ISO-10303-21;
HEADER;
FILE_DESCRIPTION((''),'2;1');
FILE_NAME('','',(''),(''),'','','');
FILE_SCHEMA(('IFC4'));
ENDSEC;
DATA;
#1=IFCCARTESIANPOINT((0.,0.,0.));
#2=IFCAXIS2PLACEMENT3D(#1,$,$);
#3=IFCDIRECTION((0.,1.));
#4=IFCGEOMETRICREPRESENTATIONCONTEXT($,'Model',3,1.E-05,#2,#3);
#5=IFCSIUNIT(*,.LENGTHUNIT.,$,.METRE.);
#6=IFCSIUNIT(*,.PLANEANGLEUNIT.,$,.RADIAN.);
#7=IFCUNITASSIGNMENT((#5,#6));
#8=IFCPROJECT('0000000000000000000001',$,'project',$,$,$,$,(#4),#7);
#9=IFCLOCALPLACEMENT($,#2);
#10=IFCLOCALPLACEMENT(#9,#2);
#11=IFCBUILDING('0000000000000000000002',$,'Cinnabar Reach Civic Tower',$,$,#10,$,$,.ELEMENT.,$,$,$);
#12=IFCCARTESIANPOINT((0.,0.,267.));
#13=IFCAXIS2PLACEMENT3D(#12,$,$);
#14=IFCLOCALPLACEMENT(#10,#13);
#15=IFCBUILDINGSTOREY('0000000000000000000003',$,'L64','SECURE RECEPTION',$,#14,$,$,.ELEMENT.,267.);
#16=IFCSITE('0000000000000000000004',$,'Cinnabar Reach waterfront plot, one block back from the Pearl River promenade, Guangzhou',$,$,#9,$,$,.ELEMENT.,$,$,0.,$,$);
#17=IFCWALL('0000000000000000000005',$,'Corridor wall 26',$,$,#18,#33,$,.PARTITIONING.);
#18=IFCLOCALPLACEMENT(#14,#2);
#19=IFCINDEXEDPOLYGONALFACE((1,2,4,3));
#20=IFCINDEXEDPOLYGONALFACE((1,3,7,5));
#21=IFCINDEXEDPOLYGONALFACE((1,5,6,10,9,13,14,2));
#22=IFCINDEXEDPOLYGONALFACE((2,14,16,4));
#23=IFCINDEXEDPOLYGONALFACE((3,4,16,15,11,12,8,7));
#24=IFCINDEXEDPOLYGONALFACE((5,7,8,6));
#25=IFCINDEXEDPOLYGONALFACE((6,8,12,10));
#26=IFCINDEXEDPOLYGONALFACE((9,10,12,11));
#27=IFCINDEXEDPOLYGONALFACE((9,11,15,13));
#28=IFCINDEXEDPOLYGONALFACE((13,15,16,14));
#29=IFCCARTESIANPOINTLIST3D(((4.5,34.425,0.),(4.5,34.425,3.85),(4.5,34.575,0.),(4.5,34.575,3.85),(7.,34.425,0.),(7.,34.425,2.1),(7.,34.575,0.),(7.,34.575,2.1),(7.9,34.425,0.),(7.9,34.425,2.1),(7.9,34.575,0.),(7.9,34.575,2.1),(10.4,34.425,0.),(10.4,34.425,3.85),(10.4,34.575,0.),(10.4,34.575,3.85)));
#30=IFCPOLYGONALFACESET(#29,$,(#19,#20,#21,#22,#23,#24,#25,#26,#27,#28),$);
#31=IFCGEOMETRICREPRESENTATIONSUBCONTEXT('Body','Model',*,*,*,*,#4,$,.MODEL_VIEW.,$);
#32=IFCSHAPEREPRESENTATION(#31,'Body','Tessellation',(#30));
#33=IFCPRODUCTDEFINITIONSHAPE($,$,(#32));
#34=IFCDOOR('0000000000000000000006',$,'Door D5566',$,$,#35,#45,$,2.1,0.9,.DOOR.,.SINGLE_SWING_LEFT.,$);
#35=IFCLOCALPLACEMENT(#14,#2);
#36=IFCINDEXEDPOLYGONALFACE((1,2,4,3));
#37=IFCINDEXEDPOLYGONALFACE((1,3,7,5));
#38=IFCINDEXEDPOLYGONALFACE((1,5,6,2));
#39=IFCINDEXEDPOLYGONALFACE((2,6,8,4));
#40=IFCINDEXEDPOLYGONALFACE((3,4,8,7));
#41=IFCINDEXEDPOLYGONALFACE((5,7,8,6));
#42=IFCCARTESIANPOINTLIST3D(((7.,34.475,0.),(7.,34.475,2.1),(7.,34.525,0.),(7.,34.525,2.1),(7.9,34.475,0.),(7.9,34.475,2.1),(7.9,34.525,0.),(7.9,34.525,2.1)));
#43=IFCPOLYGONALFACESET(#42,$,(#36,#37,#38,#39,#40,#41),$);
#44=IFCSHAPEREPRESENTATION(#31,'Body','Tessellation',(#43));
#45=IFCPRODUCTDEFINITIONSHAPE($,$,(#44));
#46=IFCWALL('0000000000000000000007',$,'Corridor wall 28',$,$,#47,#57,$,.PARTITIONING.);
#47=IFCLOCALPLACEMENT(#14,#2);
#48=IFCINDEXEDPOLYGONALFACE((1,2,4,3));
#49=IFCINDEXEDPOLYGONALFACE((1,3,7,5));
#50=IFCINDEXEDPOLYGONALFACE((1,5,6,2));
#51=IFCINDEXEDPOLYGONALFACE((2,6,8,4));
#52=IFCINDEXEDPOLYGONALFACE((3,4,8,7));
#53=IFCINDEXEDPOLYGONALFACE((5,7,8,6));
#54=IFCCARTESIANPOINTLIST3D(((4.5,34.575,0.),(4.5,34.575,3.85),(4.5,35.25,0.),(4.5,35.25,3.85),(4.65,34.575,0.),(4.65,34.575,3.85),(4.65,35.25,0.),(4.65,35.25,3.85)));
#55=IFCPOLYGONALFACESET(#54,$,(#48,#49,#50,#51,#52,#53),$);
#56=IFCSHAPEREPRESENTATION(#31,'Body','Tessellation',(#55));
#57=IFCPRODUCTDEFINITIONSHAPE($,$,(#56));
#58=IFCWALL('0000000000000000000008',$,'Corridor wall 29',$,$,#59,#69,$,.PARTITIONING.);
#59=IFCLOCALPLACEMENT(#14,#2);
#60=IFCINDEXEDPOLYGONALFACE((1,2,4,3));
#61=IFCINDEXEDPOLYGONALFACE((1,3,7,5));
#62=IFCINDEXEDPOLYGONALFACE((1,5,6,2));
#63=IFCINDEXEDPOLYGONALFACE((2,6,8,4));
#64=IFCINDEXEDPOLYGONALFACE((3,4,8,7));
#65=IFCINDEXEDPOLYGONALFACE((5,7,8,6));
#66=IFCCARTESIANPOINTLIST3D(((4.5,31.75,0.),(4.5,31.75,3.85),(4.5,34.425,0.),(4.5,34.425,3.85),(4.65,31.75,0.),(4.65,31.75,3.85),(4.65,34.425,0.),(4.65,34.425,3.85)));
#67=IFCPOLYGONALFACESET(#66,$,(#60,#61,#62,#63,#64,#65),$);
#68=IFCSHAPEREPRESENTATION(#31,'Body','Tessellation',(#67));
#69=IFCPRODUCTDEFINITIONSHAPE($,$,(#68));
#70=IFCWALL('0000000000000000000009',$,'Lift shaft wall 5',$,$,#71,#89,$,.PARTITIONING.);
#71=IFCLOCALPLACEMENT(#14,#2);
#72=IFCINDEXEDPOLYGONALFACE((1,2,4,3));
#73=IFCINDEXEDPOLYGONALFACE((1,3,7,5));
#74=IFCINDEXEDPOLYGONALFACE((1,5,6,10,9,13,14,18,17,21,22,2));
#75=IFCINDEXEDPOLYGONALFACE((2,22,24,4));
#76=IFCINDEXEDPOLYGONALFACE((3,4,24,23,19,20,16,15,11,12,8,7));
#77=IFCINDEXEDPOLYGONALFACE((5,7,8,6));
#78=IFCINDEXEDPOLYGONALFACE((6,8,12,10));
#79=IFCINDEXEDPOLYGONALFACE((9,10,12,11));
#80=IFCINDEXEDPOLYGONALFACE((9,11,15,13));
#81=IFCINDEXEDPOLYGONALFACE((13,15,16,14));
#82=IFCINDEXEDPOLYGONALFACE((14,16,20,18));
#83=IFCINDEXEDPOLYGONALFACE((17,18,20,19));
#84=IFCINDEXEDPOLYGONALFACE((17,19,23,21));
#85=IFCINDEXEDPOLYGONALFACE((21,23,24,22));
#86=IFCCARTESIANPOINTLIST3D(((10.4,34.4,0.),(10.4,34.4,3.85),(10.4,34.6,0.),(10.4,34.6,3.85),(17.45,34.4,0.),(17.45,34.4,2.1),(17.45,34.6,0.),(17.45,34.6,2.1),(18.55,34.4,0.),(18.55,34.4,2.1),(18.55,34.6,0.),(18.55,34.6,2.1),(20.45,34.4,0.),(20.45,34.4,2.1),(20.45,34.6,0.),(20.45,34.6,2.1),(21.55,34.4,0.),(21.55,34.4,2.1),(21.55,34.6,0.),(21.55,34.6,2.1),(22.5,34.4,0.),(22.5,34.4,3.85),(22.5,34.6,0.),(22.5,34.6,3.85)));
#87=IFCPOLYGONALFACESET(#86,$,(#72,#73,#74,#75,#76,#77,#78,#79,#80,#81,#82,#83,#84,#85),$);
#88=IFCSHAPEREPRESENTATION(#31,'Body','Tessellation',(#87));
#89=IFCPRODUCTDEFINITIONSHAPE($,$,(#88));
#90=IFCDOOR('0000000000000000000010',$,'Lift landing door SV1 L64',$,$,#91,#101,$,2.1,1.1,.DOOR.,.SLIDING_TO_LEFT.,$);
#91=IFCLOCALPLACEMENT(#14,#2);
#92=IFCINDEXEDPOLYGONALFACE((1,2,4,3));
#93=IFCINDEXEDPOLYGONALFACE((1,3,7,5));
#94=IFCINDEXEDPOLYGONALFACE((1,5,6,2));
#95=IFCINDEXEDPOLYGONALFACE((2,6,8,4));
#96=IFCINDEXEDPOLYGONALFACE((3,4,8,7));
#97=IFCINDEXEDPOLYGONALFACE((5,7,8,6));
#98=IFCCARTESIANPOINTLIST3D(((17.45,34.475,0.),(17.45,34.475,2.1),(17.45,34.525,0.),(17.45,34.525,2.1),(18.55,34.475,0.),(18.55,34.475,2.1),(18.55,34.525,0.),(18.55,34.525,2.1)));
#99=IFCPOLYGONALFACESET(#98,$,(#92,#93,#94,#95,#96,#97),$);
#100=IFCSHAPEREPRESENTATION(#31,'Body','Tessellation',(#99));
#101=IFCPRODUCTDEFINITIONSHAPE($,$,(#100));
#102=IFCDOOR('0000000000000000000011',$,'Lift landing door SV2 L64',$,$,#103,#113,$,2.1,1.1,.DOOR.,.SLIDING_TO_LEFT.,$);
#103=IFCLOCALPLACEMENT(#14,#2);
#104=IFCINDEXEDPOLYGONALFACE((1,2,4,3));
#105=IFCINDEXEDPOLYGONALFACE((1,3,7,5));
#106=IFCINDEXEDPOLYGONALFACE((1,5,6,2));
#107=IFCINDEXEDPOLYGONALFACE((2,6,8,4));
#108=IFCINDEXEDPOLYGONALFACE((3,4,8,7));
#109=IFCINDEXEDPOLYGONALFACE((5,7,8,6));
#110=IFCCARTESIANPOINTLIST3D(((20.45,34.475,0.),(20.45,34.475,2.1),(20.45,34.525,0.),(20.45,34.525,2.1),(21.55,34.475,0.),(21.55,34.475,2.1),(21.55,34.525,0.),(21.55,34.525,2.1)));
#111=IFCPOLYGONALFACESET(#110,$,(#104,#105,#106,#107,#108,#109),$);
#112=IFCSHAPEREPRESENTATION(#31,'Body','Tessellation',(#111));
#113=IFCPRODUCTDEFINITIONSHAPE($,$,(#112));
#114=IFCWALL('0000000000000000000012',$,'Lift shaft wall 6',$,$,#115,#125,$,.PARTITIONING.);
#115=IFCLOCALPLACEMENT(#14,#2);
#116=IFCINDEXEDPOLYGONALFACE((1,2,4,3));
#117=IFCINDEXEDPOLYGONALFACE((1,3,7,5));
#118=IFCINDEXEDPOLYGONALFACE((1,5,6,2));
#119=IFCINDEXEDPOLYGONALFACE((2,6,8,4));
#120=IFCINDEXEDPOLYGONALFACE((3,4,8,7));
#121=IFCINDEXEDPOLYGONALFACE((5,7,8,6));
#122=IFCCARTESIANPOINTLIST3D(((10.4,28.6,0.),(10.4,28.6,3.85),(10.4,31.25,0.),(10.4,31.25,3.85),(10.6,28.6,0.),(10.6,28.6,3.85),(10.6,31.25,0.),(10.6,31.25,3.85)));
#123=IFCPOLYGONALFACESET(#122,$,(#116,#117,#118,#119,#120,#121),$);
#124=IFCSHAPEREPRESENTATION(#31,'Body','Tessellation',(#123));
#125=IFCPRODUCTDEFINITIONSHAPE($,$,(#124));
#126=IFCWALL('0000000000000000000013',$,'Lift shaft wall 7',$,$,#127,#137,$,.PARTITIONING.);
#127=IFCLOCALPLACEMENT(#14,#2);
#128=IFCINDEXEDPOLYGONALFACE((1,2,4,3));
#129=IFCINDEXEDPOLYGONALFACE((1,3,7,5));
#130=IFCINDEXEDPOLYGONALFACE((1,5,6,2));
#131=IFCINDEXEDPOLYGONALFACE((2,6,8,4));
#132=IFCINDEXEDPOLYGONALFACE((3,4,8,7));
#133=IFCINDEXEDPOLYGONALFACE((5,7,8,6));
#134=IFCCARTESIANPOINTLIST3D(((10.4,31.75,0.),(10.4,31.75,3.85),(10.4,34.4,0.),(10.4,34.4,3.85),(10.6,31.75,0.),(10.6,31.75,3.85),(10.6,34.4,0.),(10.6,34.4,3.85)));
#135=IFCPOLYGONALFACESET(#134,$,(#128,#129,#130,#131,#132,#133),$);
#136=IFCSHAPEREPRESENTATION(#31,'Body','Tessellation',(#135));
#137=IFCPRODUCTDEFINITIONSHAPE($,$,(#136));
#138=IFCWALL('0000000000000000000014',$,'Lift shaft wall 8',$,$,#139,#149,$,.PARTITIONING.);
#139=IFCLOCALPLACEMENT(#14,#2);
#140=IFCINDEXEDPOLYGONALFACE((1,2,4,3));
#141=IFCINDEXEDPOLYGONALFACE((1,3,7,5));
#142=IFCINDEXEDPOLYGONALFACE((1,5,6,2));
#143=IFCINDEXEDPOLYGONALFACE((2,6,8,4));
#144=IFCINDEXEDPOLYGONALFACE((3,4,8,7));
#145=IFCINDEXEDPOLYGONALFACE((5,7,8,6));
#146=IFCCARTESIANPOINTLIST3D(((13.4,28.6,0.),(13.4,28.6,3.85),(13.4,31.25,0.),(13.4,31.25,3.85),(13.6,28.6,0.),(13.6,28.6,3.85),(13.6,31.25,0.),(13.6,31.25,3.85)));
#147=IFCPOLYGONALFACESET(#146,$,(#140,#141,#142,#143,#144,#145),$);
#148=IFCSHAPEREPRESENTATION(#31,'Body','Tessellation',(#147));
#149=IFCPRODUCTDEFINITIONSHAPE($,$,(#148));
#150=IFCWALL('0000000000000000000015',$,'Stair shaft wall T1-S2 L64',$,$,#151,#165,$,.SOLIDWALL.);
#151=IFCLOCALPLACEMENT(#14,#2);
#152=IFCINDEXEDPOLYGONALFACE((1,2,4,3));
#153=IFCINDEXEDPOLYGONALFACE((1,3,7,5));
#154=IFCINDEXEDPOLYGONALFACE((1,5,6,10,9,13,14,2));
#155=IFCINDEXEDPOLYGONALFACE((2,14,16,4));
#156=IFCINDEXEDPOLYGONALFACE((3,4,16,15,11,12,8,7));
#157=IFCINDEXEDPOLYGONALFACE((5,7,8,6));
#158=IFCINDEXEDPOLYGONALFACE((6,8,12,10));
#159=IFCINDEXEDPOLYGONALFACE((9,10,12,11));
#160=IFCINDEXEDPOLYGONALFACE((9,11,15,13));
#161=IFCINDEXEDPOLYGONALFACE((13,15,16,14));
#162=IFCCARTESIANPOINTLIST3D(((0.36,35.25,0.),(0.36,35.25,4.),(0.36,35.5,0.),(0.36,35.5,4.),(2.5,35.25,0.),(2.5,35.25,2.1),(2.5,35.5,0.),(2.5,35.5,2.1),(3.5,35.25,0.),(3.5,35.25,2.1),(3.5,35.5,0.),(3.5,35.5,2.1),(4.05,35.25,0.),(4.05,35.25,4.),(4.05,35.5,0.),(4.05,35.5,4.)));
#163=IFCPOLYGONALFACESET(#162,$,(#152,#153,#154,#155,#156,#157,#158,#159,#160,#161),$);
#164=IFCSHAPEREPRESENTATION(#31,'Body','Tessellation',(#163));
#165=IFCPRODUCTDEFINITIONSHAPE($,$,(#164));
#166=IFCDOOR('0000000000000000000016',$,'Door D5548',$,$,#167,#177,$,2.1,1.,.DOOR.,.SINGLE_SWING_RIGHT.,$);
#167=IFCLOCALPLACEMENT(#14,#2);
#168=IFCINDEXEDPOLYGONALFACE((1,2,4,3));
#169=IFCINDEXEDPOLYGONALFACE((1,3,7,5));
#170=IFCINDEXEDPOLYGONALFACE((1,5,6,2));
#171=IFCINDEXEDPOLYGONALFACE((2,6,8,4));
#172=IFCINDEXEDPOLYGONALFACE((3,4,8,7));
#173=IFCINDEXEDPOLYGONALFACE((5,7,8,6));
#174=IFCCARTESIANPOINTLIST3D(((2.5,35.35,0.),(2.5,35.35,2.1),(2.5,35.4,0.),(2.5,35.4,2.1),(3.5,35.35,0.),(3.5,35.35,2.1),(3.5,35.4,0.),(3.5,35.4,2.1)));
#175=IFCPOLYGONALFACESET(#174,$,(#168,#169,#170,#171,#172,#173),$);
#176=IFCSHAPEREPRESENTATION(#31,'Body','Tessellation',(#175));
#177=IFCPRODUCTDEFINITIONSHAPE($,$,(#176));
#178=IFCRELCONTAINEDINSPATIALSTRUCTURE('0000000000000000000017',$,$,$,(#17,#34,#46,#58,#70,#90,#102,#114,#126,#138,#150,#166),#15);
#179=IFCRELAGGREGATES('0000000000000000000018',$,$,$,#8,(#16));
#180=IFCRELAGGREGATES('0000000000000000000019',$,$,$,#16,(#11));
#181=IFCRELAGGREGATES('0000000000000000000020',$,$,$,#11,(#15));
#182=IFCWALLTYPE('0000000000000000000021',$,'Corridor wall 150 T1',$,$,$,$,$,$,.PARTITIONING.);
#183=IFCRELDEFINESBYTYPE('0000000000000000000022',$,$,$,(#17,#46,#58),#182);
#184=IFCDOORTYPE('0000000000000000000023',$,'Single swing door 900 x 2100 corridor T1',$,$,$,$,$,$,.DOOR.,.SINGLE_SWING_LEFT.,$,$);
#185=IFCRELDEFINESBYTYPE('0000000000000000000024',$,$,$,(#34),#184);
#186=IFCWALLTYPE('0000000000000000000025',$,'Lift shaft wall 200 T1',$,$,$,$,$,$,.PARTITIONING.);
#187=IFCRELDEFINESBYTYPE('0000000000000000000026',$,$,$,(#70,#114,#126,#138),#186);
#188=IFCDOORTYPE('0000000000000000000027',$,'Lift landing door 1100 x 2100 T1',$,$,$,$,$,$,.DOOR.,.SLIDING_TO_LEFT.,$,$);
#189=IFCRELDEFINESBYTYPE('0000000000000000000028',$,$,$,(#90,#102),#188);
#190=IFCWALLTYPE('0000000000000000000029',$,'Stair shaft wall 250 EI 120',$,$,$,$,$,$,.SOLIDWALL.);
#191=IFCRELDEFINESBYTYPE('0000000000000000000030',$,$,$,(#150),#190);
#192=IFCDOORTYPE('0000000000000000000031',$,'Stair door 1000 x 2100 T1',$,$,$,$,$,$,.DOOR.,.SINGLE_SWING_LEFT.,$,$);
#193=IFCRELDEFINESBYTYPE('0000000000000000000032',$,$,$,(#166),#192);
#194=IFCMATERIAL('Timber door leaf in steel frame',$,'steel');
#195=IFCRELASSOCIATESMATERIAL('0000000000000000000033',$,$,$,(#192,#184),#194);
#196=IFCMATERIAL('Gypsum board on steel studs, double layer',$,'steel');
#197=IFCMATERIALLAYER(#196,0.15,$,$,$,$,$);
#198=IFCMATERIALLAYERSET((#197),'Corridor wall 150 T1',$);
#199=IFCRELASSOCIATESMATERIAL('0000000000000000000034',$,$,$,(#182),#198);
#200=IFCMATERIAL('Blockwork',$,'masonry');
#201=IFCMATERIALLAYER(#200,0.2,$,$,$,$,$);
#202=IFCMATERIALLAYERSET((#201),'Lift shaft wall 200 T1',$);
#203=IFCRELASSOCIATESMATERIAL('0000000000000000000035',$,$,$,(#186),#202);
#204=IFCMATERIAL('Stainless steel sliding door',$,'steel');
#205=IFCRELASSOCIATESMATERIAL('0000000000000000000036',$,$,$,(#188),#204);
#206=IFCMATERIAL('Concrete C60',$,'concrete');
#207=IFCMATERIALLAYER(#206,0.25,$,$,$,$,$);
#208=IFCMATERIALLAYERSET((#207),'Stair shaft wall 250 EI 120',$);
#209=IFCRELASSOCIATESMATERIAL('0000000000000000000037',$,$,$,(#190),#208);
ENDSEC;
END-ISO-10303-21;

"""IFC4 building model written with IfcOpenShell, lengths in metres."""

from ifc_helpers import new_model, si_unit, direction, frame, frame_2d, origin, place, context, subcontext, project, spatial, rectangle, extrude, material, layer, layer_set, type_object, element, fill, save


model = new_model("IFC4")

# Units and contexts
model_context = context("Model", 3, precision=1e-05, world=origin(), true_north=direction((0.0, 1.0)))
body_context = subcontext(model_context, "Body", "Model", "MODEL_VIEW")
ifc_project = project(units=[si_unit("LENGTHUNIT", "METRE"), si_unit("PLANEANGLEUNIT", "RADIAN")], contexts=[model_context])

# Site, building, storey
site_placement = place(None, origin())
site = spatial("IfcSite", under=ifc_project, at=site_placement, Name="Cinnabar Reach waterfront plot, one block back from the Pearl River promenade, Guangzhou", CompositionType="ELEMENT", RefElevation=0.0)
building_placement = place(site_placement, origin())
building = spatial("IfcBuilding", under=site, at=building_placement, Name="Cinnabar Reach Civic Tower", CompositionType="ELEMENT")
storey_placement = place(building_placement, frame((0.0, 0.0, 267.0)))
storey = spatial("IfcBuildingStorey", under=building, at=storey_placement, Name="L64", Description="SECURE RECEPTION", CompositionType="ELEMENT", Elevation=267.0)

# Shared definitions
ifc_material_1 = material(Name="Concrete C60", Category="concrete")

# Shared definitions
ifc_material_2 = material(Name="Timber door leaf in steel frame", Category="steel")
door_type_1 = type_object("IfcDoorType", Name="Stair door 1000 x 2100 T1", OperationType="SINGLE_SWING_LEFT", PredefinedType="DOOR", material=ifc_material_2)

# Wall, opening, door
ifc_material_3 = material(Name="Gypsum board on steel studs, double layer", Category="steel")
ifc_layer_1 = layer(ifc_material_3, 0.15)
ifc_layer_set_1 = layer_set([ifc_layer_1], Name="Corridor wall 150 T1")
wall_type_1 = type_object("IfcWallType", Name="Corridor wall 150 T1", PredefinedType="PARTITIONING", material=ifc_layer_set_1)
wall_1_placement = place(storey_placement, frame((4.5, 34.5, 0.0), z_axis=(0.0, 0.0, 1.0), x_axis=(1.0, 0.0, 0.0)))
wall_1 = element("IfcWall", 1, at=wall_1_placement, inside=storey, type_object=wall_type_1, Name="Corridor wall 26", PredefinedType="PARTITIONING", context=body_context, shape_type="SweptSolid", body=[
    extrude(rectangle(XDim=5.9, YDim=0.15, at=frame_2d((2.95, 0.0))), origin(), (0.0, 0.0, 1.0), 3.85),
])
opening_1_placement = place(wall_1_placement, frame((2.5, 0.0, 0.0)))
opening_1 = element("IfcOpeningElement", 2, at=opening_1_placement, cuts=wall_1, PredefinedType="OPENING", context=body_context, shape_type="SweptSolid", body=[
    extrude(rectangle(XDim=0.9, YDim=2.1, at=frame_2d((0.45, 1.05))), frame((0.0, 0.085, 0.0), z_axis=(0.0, -1.0, 0.0), x_axis=(1.0, 0.0, 0.0)), (0.0, 0.0, 1.0), 0.17),
])
door_type_2 = type_object("IfcDoorType", Name="Single swing door 900 x 2100 corridor T1", OperationType="SINGLE_SWING_LEFT", PredefinedType="DOOR", material=ifc_material_2)
door_1_placement = place(opening_1_placement, frame((0.9, 0.0, 0.0), z_axis=(0.0, 0.0, 1.0), x_axis=(-1.0, 0.0, 0.0)))
door_1 = element("IfcDoor", 3, at=door_1_placement, inside=storey, type_object=door_type_2, Name="Door D5566", OperationType="SINGLE_SWING_LEFT", OverallHeight=2.1, OverallWidth=0.9, PredefinedType="DOOR", context=body_context, shape_type="SweptSolid", body=[
    extrude(rectangle(XDim=0.9, YDim=2.1, at=frame_2d((0.45, 1.05))), frame((0.0, 0.025, 0.0), z_axis=(0.0, -1.0, 0.0), x_axis=(1.0, 0.0, 0.0)), (0.0, 0.0, 1.0), 0.05),
])
fill(opening_1, door_1)

# Walls
wall_2_placement = place(storey_placement, frame((4.575, 34.575, 0.0), z_axis=(0.0, 0.0, 1.0), x_axis=(0.0, 1.0, 0.0)))
element("IfcWall", 4, at=wall_2_placement, inside=storey, type_object=wall_type_1, Name="Corridor wall 28", PredefinedType="PARTITIONING", context=body_context, shape_type="SweptSolid", body=[
    extrude(rectangle(XDim=0.675, YDim=0.15, at=frame_2d((0.3375, 0.0))), origin(), (0.0, 0.0, 1.0), 3.85),
])
wall_3_placement = place(storey_placement, frame((4.575, 31.75, 0.0), z_axis=(0.0, 0.0, 1.0), x_axis=(0.0, 1.0, 0.0)))
element("IfcWall", 5, at=wall_3_placement, inside=storey, type_object=wall_type_1, Name="Corridor wall 29", PredefinedType="PARTITIONING", context=body_context, shape_type="SweptSolid", body=[
    extrude(rectangle(XDim=2.675, YDim=0.15, at=frame_2d((1.3375, 0.0))), origin(), (0.0, 0.0, 1.0), 3.85),
])

# Wall, openings, doors
ifc_material_4 = material(Name="Blockwork", Category="masonry")
ifc_layer_2 = layer(ifc_material_4, 0.2)
ifc_layer_set_2 = layer_set([ifc_layer_2], Name="Lift shaft wall 200 T1")
wall_type_2 = type_object("IfcWallType", Name="Lift shaft wall 200 T1", PredefinedType="PARTITIONING", material=ifc_layer_set_2)
wall_4_placement = place(storey_placement, frame((10.4, 34.5, 0.0), z_axis=(0.0, 0.0, 1.0), x_axis=(1.0, 0.0, 0.0)))
wall_4 = element("IfcWall", 6, at=wall_4_placement, inside=storey, type_object=wall_type_2, Name="Lift shaft wall 5", PredefinedType="PARTITIONING", context=body_context, shape_type="SweptSolid", body=[
    extrude(rectangle(XDim=12.1, YDim=0.2, at=frame_2d((6.05, 0.0))), origin(), (0.0, 0.0, 1.0), 3.85),
])
opening_2_placement = place(wall_4_placement, frame((7.05, 0.0, 0.0)))
opening_2 = element("IfcOpeningElement", 7, at=opening_2_placement, cuts=wall_4, PredefinedType="OPENING", context=body_context, shape_type="SweptSolid", body=[
    extrude(rectangle(XDim=1.1, YDim=2.1, at=frame_2d((0.55, 1.05))), frame((0.0, 0.11, 0.0), z_axis=(0.0, -1.0, 0.0), x_axis=(1.0, 0.0, 0.0)), (0.0, 0.0, 1.0), 0.22),
])
opening_3_placement = place(wall_4_placement, frame((10.05, 0.0, 0.0)))
opening_3 = element("IfcOpeningElement", 8, at=opening_3_placement, cuts=wall_4, PredefinedType="OPENING", context=body_context, shape_type="SweptSolid", body=[
    extrude(rectangle(XDim=1.1, YDim=2.1, at=frame_2d((0.55, 1.05))), frame((0.0, 0.11, 0.0), z_axis=(0.0, -1.0, 0.0), x_axis=(1.0, 0.0, 0.0)), (0.0, 0.0, 1.0), 0.22),
])
ifc_material_5 = material(Name="Stainless steel sliding door", Category="steel")
door_type_3 = type_object("IfcDoorType", Name="Lift landing door 1100 x 2100 T1", OperationType="SLIDING_TO_LEFT", PredefinedType="DOOR", material=ifc_material_5)
door_2_placement = place(opening_2_placement, origin())
door_2 = element("IfcDoor", 9, at=door_2_placement, inside=storey, type_object=door_type_3, Name="Lift landing door SV1 L64", OperationType="SLIDING_TO_LEFT", OverallHeight=2.1, OverallWidth=1.1, PredefinedType="DOOR", context=body_context, shape_type="SweptSolid", body=[
    extrude(rectangle(XDim=1.1, YDim=2.1, at=frame_2d((0.55, 1.05))), frame((0.0, 0.025, 0.0), z_axis=(0.0, -1.0, 0.0), x_axis=(1.0, 0.0, 0.0)), (0.0, 0.0, 1.0), 0.05),
])
fill(opening_2, door_2)
door_3_placement = place(opening_3_placement, origin())
door_3 = element("IfcDoor", 10, at=door_3_placement, inside=storey, type_object=door_type_3, Name="Lift landing door SV2 L64", OperationType="SLIDING_TO_LEFT", OverallHeight=2.1, OverallWidth=1.1, PredefinedType="DOOR", context=body_context, shape_type="SweptSolid", body=[
    extrude(rectangle(XDim=1.1, YDim=2.1, at=frame_2d((0.55, 1.05))), frame((0.0, 0.025, 0.0), z_axis=(0.0, -1.0, 0.0), x_axis=(1.0, 0.0, 0.0)), (0.0, 0.0, 1.0), 0.05),
])
fill(opening_3, door_3)

# Walls
for number, where, z_axis, x_axis, name in (
    (11, (10.5, 28.6, 0.0), (0.0, 0.0, 1.0), (0.0, 1.0, 0.0), "Lift shaft wall 6"),
    (12, (10.5, 31.75, 0.0), (0.0, 0.0, 1.0), (0.0, 1.0, 0.0), "Lift shaft wall 7"),
    (13, (13.5, 28.6, 0.0), (0.0, 0.0, 1.0), (0.0, 1.0, 0.0), "Lift shaft wall 8"),
):
    element("IfcWall", number, at=place(storey_placement, frame(where, z_axis=z_axis, x_axis=x_axis)), inside=storey, type_object=wall_type_2, Name=name, PredefinedType="PARTITIONING", context=body_context, shape_type="SweptSolid", body=[
        extrude(rectangle(XDim=2.65, YDim=0.2, at=frame_2d((1.325, 0.0))), origin(), (0.0, 0.0, 1.0), 3.85),
    ])

# Wall, opening, door
ifc_layer_3 = layer(ifc_material_1, 0.25)
ifc_layer_set_3 = layer_set([ifc_layer_3], Name="Stair shaft wall 250 EI 120")
wall_type_3 = type_object("IfcWallType", Name="Stair shaft wall 250 EI 120", PredefinedType="SOLIDWALL", material=ifc_layer_set_3)
wall_5_placement = place(storey_placement, frame((0.36, 35.375, 0.0), z_axis=(0.0, 0.0, 1.0), x_axis=(1.0, 0.0, 0.0)))
wall_5 = element("IfcWall", 14, at=wall_5_placement, inside=storey, type_object=wall_type_3, Name="Stair shaft wall T1-S2 L64", PredefinedType="SOLIDWALL", context=body_context, shape_type="SweptSolid", body=[
    extrude(rectangle(XDim=3.69, YDim=0.25, at=frame_2d((1.845, 0.0))), origin(), (0.0, 0.0, 1.0), 4.0),
])
opening_4_placement = place(wall_5_placement, frame((2.14, 0.0, 0.0)))
opening_4 = element("IfcOpeningElement", 15, at=opening_4_placement, cuts=wall_5, PredefinedType="OPENING", context=body_context, shape_type="SweptSolid", body=[
    extrude(rectangle(XDim=1.0, YDim=2.1, at=frame_2d((0.5, 1.05))), frame((0.0, 0.135, 0.0), z_axis=(0.0, -1.0, 0.0), x_axis=(1.0, 0.0, 0.0)), (0.0, 0.0, 1.0), 0.27),
])
door_4_placement = place(opening_4_placement, origin())
door_4 = element("IfcDoor", 16, at=door_4_placement, inside=storey, type_object=door_type_1, Name="Door D5548", OperationType="SINGLE_SWING_RIGHT", OverallHeight=2.1, OverallWidth=1.0, PredefinedType="DOOR", context=body_context, shape_type="SweptSolid", body=[
    extrude(rectangle(XDim=1.0, YDim=2.1, at=frame_2d((0.5, 1.05))), frame((0.0, 0.025, 0.0), z_axis=(0.0, -1.0, 0.0), x_axis=(1.0, 0.0, 0.0)), (0.0, 0.0, 1.0), 0.05),
])
fill(opening_4, door_4)

save(model, "model.ifc")
